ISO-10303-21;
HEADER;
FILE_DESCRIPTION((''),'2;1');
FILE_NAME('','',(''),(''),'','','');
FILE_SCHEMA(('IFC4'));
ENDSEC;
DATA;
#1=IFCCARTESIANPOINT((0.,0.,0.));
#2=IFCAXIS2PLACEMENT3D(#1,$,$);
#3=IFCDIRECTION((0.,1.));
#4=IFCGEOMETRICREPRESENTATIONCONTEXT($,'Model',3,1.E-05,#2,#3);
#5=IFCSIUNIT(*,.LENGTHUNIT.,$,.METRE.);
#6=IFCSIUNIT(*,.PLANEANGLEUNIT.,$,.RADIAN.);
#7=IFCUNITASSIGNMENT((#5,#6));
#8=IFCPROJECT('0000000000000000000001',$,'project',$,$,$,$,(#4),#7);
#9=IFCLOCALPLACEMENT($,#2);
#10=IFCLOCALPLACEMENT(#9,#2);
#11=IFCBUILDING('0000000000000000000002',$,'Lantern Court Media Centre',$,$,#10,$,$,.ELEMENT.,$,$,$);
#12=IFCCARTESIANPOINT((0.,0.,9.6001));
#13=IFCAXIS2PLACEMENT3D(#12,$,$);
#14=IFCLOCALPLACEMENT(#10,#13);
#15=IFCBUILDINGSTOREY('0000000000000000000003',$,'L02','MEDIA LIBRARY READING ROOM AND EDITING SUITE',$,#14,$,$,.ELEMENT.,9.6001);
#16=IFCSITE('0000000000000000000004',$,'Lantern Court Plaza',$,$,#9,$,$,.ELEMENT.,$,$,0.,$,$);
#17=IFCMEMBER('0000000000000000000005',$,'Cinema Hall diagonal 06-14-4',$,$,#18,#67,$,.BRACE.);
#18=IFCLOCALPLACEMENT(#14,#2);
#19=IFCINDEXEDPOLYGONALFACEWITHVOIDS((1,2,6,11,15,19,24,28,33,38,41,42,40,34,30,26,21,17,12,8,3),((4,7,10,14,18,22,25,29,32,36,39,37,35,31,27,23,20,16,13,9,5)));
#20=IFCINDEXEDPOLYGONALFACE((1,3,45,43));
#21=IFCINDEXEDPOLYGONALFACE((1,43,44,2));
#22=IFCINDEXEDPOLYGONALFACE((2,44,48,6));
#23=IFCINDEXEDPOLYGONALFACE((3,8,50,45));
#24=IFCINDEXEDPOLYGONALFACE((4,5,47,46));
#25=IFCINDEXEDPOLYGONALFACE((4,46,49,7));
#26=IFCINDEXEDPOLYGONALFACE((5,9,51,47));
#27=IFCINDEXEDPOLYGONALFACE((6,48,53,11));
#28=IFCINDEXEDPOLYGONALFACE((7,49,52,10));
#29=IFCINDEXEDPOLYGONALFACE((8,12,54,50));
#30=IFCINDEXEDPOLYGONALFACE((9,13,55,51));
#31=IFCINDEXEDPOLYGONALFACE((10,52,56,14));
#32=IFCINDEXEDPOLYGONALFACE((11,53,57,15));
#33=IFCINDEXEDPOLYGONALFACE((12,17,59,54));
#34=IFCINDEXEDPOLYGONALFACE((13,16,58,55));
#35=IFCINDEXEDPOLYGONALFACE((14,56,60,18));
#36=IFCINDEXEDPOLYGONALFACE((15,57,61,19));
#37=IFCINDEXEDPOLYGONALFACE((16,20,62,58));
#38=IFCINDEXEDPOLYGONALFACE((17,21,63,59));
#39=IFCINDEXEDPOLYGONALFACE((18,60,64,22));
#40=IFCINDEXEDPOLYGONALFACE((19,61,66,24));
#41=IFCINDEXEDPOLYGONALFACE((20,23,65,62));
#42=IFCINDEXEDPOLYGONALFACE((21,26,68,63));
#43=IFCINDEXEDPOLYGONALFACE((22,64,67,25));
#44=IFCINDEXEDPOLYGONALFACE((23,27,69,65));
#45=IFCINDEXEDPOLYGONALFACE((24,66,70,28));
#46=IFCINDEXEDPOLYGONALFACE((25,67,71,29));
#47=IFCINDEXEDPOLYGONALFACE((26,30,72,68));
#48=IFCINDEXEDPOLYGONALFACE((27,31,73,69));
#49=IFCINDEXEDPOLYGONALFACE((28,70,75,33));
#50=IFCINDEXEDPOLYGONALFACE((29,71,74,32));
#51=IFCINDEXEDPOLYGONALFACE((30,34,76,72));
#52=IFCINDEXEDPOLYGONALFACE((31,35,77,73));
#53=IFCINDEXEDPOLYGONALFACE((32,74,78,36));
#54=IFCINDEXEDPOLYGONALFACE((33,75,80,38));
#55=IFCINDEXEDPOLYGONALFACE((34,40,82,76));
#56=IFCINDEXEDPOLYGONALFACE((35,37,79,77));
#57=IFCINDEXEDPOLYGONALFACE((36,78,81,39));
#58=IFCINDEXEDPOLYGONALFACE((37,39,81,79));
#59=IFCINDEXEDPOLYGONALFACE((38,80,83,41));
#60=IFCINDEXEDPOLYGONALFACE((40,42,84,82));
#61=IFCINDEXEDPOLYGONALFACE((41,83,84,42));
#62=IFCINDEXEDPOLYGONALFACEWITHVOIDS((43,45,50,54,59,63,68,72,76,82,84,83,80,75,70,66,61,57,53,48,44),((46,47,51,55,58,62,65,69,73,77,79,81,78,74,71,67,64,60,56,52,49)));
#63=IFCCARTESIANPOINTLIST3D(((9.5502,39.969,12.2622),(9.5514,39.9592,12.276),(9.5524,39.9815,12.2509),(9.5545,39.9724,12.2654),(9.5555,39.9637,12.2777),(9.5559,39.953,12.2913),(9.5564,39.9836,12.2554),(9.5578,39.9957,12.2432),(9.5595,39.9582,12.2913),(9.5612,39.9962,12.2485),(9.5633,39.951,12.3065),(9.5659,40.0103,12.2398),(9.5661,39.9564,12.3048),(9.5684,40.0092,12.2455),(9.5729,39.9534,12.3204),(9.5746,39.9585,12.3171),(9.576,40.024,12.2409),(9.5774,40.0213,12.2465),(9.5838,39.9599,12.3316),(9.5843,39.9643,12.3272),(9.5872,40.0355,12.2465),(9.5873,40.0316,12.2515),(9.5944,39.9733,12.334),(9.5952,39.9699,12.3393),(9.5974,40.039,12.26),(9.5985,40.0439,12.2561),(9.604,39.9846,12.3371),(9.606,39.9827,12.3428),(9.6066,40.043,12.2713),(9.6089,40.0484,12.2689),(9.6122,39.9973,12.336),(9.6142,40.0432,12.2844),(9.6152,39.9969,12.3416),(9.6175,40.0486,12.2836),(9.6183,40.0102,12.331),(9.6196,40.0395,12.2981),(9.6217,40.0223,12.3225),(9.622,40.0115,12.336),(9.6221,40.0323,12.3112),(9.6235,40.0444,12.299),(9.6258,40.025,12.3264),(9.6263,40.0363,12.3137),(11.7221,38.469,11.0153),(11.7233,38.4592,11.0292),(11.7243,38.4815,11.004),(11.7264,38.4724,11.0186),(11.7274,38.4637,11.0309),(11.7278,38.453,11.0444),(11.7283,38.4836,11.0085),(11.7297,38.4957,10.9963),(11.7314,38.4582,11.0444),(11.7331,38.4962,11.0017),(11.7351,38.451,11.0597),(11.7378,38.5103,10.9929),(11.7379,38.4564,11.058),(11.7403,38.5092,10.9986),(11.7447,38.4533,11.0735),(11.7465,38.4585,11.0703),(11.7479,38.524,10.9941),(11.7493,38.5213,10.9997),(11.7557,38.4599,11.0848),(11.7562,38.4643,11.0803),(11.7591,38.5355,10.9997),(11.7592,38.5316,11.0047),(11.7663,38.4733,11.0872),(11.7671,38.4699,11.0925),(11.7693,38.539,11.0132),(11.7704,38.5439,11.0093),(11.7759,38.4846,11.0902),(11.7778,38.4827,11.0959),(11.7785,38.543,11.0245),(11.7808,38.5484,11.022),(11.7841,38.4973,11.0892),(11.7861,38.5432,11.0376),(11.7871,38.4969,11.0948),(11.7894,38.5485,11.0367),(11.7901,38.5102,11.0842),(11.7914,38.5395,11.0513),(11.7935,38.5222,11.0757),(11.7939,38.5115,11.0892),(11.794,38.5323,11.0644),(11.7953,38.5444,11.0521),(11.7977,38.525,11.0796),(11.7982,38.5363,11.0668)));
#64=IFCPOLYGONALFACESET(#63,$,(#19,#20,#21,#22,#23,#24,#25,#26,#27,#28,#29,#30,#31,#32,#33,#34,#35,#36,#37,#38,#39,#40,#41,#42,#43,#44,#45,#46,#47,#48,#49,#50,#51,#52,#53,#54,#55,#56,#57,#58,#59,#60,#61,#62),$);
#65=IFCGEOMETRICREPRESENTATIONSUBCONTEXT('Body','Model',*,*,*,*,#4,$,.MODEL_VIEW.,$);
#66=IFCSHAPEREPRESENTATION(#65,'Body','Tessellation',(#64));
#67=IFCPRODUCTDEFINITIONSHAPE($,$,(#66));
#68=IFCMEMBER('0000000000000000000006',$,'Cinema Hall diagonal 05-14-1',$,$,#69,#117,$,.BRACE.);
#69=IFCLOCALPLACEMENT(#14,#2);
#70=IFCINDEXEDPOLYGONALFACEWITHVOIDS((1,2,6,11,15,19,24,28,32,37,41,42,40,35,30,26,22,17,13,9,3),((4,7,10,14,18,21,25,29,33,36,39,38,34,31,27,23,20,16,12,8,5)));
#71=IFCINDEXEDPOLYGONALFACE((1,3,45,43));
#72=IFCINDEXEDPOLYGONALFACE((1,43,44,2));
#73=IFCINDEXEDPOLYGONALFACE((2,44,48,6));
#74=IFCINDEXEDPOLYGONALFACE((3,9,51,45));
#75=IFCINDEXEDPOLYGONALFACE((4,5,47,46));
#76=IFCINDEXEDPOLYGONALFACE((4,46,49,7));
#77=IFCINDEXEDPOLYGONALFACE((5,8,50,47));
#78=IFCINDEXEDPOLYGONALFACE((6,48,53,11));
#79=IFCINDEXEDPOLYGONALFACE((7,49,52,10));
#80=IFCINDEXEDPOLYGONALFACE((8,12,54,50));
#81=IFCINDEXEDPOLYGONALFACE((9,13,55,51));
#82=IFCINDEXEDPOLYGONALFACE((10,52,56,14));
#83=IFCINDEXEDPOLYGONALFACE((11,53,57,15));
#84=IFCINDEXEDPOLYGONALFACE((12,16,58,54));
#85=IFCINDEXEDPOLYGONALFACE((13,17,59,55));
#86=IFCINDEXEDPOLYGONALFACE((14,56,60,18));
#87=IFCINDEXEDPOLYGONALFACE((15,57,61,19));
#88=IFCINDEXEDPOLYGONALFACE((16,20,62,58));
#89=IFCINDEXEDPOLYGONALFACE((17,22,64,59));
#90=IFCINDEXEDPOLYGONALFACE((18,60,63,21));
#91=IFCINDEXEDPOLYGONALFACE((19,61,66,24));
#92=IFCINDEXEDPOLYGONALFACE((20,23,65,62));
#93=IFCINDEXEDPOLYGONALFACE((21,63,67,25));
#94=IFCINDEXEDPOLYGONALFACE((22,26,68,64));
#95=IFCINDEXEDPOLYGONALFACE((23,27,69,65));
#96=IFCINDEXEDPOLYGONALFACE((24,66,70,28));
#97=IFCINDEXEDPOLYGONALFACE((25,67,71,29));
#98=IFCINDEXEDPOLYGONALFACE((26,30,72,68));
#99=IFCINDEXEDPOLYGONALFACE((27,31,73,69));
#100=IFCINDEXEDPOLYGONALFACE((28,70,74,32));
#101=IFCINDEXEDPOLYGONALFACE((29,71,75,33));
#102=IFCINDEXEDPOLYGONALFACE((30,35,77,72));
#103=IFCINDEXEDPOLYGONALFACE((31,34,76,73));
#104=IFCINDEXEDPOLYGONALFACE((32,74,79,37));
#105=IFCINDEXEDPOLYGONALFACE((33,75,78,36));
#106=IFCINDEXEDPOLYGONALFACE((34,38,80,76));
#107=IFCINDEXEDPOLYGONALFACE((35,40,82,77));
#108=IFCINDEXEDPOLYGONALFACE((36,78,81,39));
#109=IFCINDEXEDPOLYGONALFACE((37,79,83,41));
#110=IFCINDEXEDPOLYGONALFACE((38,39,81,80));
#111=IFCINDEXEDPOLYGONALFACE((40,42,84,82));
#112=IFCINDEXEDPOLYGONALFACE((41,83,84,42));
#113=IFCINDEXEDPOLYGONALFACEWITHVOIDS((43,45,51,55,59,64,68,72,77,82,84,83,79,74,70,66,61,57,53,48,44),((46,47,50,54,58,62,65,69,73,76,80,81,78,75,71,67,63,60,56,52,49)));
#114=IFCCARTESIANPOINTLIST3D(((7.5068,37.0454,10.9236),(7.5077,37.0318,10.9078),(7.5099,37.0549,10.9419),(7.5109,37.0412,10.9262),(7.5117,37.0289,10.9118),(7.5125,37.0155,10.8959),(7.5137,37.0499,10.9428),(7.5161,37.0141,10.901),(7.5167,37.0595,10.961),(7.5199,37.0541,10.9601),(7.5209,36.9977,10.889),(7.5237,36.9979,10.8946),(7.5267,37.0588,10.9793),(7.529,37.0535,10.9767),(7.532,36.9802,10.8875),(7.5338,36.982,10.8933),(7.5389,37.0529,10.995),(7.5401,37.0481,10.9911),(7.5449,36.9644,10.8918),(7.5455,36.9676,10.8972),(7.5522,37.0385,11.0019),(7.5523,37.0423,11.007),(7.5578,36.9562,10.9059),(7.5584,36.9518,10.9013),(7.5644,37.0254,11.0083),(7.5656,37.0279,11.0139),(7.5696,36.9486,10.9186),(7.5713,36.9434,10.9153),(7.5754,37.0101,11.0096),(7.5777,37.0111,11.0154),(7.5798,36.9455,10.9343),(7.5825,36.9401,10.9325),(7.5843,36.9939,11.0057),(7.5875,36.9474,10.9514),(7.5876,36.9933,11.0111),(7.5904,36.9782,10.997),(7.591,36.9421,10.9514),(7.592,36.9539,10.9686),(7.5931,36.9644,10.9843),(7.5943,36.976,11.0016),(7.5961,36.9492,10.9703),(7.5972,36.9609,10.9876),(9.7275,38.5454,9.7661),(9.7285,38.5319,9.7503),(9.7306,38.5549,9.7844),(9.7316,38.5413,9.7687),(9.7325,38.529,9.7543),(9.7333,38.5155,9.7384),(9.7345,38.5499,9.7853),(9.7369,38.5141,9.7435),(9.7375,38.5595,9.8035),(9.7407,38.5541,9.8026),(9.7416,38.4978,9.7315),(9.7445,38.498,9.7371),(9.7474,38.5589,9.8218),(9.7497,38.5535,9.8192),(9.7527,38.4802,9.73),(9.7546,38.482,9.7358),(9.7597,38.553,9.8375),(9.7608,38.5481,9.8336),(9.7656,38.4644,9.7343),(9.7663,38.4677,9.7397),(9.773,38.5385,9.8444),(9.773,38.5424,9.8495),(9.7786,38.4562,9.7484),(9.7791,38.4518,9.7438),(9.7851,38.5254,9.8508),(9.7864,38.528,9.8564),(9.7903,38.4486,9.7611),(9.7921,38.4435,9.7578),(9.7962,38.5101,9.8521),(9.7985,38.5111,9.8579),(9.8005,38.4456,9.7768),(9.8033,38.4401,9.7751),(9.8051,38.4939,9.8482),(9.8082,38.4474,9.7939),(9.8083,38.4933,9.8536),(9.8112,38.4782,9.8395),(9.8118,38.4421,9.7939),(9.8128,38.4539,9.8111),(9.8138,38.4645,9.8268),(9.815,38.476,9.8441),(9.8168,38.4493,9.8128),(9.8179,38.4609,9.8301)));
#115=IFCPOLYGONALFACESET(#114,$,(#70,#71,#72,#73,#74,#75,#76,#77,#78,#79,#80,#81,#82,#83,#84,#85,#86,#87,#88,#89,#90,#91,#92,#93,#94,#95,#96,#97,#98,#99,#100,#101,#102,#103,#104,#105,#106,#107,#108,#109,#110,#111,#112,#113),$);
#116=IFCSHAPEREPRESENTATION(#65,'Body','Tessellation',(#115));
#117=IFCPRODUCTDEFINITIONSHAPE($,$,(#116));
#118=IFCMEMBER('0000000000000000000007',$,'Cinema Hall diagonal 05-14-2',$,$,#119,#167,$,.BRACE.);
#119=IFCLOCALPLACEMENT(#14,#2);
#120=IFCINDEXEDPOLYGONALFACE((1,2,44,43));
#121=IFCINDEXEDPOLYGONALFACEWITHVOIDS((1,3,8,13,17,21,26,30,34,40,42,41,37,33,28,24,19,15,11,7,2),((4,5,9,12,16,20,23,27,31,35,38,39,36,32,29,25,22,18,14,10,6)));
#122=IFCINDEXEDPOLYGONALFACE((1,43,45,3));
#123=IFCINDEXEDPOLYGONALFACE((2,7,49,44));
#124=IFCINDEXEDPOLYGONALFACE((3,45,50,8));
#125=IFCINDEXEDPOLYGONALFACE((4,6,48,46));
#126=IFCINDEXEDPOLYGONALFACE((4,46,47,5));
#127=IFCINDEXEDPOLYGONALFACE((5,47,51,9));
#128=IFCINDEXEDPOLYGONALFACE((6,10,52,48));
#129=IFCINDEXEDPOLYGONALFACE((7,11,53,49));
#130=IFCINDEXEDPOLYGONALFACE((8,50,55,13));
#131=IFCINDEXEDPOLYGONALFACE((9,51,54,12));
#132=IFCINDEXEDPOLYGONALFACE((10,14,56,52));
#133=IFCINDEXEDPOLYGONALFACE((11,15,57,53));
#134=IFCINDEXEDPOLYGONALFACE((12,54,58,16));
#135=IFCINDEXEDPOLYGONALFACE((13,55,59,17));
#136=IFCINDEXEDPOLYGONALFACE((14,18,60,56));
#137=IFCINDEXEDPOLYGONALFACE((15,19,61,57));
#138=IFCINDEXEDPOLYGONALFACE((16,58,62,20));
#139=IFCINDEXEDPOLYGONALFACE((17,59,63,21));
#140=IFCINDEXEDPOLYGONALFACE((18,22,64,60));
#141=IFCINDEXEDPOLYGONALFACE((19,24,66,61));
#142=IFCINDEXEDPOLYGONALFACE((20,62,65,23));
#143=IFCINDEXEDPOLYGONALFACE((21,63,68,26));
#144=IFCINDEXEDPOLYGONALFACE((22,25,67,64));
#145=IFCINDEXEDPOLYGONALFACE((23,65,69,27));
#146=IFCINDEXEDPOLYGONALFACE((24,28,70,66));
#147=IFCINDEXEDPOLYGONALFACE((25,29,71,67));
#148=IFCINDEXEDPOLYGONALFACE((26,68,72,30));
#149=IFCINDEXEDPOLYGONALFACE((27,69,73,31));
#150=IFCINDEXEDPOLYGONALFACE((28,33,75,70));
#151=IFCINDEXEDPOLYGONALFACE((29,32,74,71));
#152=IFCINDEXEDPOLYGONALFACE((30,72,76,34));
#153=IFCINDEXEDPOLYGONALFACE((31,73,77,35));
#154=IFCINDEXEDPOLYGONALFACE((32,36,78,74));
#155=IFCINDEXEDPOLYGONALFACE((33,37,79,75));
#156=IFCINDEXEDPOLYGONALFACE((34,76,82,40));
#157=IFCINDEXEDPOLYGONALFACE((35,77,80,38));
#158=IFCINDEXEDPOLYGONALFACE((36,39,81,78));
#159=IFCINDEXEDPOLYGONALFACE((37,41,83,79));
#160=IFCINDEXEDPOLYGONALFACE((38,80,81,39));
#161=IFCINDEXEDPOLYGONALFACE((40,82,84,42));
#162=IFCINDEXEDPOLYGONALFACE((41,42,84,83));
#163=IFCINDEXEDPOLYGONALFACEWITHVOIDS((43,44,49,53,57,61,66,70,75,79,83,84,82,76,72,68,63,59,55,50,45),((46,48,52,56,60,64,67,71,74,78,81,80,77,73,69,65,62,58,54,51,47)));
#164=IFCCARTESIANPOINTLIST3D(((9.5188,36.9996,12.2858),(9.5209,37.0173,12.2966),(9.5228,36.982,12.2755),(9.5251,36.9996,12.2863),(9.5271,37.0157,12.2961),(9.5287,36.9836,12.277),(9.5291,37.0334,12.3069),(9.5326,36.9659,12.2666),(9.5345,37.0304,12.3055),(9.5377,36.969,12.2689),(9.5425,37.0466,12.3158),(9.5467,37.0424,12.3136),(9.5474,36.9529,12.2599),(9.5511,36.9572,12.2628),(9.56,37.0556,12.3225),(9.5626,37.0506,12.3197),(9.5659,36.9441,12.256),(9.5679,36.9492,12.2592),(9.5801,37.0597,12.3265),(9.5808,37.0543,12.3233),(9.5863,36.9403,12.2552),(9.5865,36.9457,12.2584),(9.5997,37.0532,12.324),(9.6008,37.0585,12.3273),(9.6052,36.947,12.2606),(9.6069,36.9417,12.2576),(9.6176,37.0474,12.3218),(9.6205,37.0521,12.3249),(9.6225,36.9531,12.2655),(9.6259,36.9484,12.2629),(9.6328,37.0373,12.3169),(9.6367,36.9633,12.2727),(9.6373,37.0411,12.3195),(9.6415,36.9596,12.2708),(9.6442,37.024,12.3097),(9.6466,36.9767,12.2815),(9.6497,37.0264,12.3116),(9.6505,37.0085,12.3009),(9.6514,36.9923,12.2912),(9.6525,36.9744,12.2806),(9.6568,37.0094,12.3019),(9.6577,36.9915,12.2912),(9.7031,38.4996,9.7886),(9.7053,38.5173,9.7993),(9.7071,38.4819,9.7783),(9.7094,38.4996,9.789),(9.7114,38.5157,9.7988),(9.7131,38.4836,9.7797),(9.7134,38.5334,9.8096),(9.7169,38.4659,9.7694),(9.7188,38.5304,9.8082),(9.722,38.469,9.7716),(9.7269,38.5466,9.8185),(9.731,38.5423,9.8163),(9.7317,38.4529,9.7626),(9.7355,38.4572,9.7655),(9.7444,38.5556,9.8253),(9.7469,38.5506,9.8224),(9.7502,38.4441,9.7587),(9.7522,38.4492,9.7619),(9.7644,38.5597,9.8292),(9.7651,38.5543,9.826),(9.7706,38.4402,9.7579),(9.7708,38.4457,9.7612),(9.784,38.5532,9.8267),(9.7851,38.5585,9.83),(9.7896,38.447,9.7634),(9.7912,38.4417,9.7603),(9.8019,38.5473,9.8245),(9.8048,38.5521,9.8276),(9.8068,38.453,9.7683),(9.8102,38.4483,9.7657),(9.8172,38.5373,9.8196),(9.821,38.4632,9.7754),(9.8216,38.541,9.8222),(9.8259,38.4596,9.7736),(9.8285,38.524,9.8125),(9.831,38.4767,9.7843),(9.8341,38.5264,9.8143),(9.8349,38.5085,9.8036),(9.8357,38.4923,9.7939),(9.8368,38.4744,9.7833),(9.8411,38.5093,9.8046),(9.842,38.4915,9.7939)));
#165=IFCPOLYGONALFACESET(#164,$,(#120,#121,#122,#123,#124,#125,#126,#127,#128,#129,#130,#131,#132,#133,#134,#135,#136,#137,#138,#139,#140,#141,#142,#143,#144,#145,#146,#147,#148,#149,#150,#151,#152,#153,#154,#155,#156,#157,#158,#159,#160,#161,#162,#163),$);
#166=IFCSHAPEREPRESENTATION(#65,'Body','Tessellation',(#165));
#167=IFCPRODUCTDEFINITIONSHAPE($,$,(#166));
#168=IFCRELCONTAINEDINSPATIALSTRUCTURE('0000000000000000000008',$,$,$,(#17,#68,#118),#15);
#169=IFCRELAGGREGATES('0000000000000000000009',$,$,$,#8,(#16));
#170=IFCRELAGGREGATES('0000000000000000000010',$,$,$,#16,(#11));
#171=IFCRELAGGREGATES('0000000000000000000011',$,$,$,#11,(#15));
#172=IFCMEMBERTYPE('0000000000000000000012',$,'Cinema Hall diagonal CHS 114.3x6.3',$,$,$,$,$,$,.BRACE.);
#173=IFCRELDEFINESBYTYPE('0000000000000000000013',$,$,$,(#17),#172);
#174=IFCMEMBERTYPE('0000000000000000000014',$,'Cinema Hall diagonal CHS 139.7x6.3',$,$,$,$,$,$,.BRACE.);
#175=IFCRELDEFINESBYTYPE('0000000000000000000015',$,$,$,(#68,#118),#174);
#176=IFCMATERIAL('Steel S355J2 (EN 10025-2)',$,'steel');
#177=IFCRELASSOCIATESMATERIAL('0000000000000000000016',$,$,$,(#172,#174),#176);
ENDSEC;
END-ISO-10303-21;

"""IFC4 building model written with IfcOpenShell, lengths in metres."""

from ifc_helpers import new_model, si_unit, direction, frame, origin, origin_2d, place, context, subcontext, project, spatial, hollow_circle, extrude, material, material_profile, profile_set, type_object, element, save


model = new_model("IFC4")

# Units and contexts
model_context = context("Model", 3, precision=1e-05, world=origin(), true_north=direction((0.0, 1.0)))
body_context = subcontext(model_context, "Body", "Model", "MODEL_VIEW")
ifc_project = project(units=[si_unit("LENGTHUNIT", "METRE"), si_unit("PLANEANGLEUNIT", "RADIAN")], contexts=[model_context])

# Site, building, storey
site_placement = place(None, origin())
site = spatial("IfcSite", under=ifc_project, at=site_placement, Name="Lantern Court Plaza", CompositionType="ELEMENT", RefElevation=0.0)
building_placement = place(site_placement, origin())
building = spatial("IfcBuilding", under=site, at=building_placement, Name="Lantern Court Media Centre", CompositionType="ELEMENT")
storey_placement = place(building_placement, frame((0.0, 0.0, 9.6001)))
storey = spatial("IfcBuildingStorey", under=building, at=storey_placement, Name="L02", Description="MEDIA LIBRARY READING ROOM AND EDITING SUITE", CompositionType="ELEMENT", Elevation=9.6001)

# Members
ifc_material_1 = material(Name="Steel S355J2 (EN 10025-2)", Category="steel")
ifc_material_profile_1 = material_profile(ifc_material_1, hollow_circle(Radius=0.0571, WallThickness=0.0063, at=origin_2d()), Name="Cinema Hall diagonal CHS 114.3x6.3")
ifc_profile_set_1 = profile_set([ifc_material_profile_1], Name="Steel S355J2 (EN 10025-2)")
member_type_1 = type_object("IfcMemberType", Name="Cinema Hall diagonal CHS 114.3x6.3", PredefinedType="BRACE", material=ifc_profile_set_1)
for number, where, z_axis, x_axis, name in (
    (1, (11.7603, 38.5, 11.0444), (-0.744002, 0.513843, 0.427115), (-0.568286, -0.822831, 0.0), "Cinema Hall diagonal 06-14-4"),
):
    element("IfcMember", number, at=place(storey_placement, frame(where, z_axis=z_axis, x_axis=x_axis)), inside=storey, type_object=member_type_1, Name=name, PredefinedType="BRACE", context=body_context, shape_type="SweptSolid", body=[
        extrude(hollow_circle(Radius=0.0571, WallThickness=0.0063, at=origin_2d()), origin(), (0.0, 0.0, 1.0), 2.9192),
    ])
ifc_material_profile_2 = material_profile(ifc_material_1, hollow_circle(Radius=0.0698, WallThickness=0.0063, at=origin_2d()), Name="Cinema Hall diagonal CHS 139.7x6.3")
ifc_profile_set_2 = profile_set([ifc_material_profile_2], Name="Steel S355J2 (EN 10025-2)")
member_type_2 = type_object("IfcMemberType", Name="Cinema Hall diagonal CHS 139.7x6.3", PredefinedType="BRACE", material=ifc_profile_set_2)
member_1_placement = place(storey_placement, frame((9.7727, 38.5, 9.7939), z_axis=(-0.760744, -0.513854, 0.396514), x_axis=(0.559736, -0.828671, 0.0)))
element("IfcMember", 2, at=member_1_placement, inside=storey, type_object=member_type_2, Name="Cinema Hall diagonal 05-14-1", PredefinedType="BRACE", context=body_context, shape_type="SweptSolid", body=[
    extrude(hollow_circle(Radius=0.0698, WallThickness=0.0063, at=origin_2d()), origin(), (0.0, 0.0, 1.0), 2.9192),
])
for number, where, z_axis, x_axis, name in (
    (3, (9.7727, 38.5, 9.7939), (-0.063147, -0.513875, 0.855538), (0.992534, -0.121967, 0.0), "Cinema Hall diagonal 05-14-2"),
):
    element("IfcMember", number, at=place(storey_placement, frame(where, z_axis=z_axis, x_axis=x_axis)), inside=storey, type_object=member_type_2, Name=name, PredefinedType="BRACE", context=body_context, shape_type="SweptSolid", body=[
        extrude(hollow_circle(Radius=0.0698, WallThickness=0.0063, at=origin_2d()), origin(), (0.0, 0.0, 1.0), 2.9189),
    ])

save(model, "model.ifc")
